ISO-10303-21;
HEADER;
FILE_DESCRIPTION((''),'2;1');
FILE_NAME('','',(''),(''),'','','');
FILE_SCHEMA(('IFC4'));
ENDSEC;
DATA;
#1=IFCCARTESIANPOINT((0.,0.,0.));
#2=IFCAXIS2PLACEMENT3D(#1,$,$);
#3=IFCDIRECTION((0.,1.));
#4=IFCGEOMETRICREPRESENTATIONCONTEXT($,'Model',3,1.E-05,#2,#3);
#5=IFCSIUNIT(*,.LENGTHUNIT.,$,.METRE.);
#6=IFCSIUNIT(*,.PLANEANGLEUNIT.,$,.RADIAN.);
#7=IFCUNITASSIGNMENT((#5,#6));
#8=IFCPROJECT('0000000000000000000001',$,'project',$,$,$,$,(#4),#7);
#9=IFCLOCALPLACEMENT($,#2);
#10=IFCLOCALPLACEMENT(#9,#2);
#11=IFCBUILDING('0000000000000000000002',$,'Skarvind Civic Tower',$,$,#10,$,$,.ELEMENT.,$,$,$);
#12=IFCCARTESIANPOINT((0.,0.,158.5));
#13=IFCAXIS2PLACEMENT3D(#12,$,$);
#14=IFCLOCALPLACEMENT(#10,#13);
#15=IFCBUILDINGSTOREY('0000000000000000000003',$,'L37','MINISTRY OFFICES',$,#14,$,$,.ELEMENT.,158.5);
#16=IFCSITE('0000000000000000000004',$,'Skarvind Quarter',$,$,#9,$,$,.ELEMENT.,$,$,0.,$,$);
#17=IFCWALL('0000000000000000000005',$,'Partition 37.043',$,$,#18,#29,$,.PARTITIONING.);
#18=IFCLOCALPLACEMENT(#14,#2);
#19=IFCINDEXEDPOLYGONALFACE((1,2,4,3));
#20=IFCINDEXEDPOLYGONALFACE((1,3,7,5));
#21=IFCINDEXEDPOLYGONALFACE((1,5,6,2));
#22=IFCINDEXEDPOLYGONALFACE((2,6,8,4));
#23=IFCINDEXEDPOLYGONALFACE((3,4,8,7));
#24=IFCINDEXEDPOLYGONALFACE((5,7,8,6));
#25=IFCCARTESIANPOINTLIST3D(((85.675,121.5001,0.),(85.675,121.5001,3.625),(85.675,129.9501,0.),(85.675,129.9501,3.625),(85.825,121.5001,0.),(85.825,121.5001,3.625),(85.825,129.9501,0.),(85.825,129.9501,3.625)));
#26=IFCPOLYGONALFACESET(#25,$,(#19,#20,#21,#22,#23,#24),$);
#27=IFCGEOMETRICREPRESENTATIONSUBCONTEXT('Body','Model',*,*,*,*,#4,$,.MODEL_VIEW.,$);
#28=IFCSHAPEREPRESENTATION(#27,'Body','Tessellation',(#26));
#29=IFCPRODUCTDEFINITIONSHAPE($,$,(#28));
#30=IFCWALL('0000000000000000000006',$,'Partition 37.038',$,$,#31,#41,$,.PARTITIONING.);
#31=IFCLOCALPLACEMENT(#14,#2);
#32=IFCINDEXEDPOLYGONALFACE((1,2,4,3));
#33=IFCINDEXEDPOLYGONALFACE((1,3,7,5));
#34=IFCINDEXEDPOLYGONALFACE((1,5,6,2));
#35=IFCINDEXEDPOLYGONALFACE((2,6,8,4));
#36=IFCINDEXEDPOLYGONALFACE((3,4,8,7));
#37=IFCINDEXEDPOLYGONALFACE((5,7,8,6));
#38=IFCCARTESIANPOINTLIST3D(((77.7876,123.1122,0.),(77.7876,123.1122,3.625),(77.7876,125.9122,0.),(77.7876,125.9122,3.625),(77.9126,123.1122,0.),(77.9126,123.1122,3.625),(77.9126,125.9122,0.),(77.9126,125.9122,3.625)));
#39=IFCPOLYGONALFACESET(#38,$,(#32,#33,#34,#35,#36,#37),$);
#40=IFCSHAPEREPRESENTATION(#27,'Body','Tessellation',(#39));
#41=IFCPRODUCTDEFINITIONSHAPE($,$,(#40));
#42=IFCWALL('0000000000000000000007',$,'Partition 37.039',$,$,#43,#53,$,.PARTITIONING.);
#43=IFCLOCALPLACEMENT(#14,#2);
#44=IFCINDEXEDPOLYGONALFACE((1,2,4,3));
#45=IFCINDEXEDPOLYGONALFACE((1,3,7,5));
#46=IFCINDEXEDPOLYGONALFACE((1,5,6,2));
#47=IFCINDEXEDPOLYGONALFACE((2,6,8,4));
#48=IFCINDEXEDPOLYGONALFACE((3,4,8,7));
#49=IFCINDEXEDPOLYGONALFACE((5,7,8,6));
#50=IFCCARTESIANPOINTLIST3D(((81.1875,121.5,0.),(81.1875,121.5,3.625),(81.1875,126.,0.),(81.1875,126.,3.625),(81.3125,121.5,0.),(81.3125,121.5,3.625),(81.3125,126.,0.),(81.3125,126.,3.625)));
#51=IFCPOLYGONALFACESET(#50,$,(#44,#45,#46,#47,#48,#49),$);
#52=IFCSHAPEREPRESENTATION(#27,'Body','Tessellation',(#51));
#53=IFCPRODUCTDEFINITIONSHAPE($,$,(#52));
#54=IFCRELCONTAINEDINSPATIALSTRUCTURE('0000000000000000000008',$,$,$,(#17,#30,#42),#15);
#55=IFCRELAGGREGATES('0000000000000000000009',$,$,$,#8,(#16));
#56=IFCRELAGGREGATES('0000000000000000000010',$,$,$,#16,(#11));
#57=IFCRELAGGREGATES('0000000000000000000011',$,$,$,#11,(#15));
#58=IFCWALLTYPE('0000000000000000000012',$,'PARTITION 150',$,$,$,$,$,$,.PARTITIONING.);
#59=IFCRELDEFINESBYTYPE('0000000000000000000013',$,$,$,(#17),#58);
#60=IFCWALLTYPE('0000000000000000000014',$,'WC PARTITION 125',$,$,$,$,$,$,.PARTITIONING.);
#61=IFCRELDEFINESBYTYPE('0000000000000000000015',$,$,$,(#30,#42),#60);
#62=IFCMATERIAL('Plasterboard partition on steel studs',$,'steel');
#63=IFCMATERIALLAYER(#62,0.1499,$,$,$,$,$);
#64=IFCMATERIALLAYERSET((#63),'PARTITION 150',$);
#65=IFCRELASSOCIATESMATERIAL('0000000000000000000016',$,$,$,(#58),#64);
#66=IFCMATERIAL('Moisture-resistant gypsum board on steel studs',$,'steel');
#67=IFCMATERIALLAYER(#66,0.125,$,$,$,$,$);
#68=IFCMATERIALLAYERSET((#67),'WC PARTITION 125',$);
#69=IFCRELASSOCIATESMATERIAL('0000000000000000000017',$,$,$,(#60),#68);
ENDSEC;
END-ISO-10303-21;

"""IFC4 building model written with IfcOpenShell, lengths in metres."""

from ifc_helpers import new_model, si_unit, direction, frame, frame_2d, origin, place, context, subcontext, project, spatial, rectangle, extrude, material, layer, layer_set, type_object, element, save


model = new_model("IFC4")

# Units and contexts
model_context = context("Model", 3, precision=1e-05, world=origin(), true_north=direction((0.0, 1.0)))
body_context = subcontext(model_context, "Body", "Model", "MODEL_VIEW")
ifc_project = project(units=[si_unit("LENGTHUNIT", "METRE"), si_unit("PLANEANGLEUNIT", "RADIAN")], contexts=[model_context])

# Site, building, storey
site_placement = place(None, origin())
site = spatial("IfcSite", under=ifc_project, at=site_placement, Name="Skarvind Quarter", CompositionType="ELEMENT", RefElevation=0.0)
building_placement = place(site_placement, origin())
building = spatial("IfcBuilding", under=site, at=building_placement, Name="Skarvind Civic Tower", CompositionType="ELEMENT")
storey_placement = place(building_placement, frame((0.0, 0.0, 158.5)))
storey = spatial("IfcBuildingStorey", under=building, at=storey_placement, Name="L37", Description="MINISTRY OFFICES", CompositionType="ELEMENT", Elevation=158.5)

# Shared definitions
ifc_material_1 = material(Name="Plasterboard partition on steel studs", Category="steel")
ifc_layer_1 = layer(ifc_material_1, 0.1499)
ifc_layer_set_1 = layer_set([ifc_layer_1], Name="PARTITION 150")
wall_type_1 = type_object("IfcWallType", Name="PARTITION 150", PredefinedType="PARTITIONING", material=ifc_layer_set_1)

# Walls
wall_1_placement = place(storey_placement, frame((85.75, 121.5, 0.0), z_axis=(0.0, 0.0, 1.0), x_axis=(0.0, 1.0, 0.0)))
element("IfcWall", 1, at=wall_1_placement, inside=storey, type_object=wall_type_1, Name="Partition 37.043", PredefinedType="PARTITIONING", context=body_context, shape_type="SweptSolid", body=[
    extrude(rectangle(XDim=8.45, YDim=0.1499, at=frame_2d((4.2251, 0.0))), origin(), (0.0, 0.0, 1.0), 3.625),
])
ifc_material_2 = material(Name="Moisture-resistant gypsum board on steel studs", Category="steel")
ifc_layer_2 = layer(ifc_material_2, 0.125)
ifc_layer_set_2 = layer_set([ifc_layer_2], Name="WC PARTITION 125")
wall_type_2 = type_object("IfcWallType", Name="WC PARTITION 125", PredefinedType="PARTITIONING", material=ifc_layer_set_2)
wall_2_placement = place(storey_placement, frame((77.8501, 125.9121, 0.0), z_axis=(0.0, 0.0, 1.0), x_axis=(0.0, -1.0, 0.0)))
element("IfcWall", 2, at=wall_2_placement, inside=storey, type_object=wall_type_2, Name="Partition 37.038", PredefinedType="PARTITIONING", context=body_context, shape_type="SweptSolid", body=[
    extrude(rectangle(XDim=2.8, YDim=0.125, at=frame_2d((1.3999, 0.0))), origin(), (0.0, 0.0, 1.0), 3.625),
])
wall_3_placement = place(storey_placement, frame((81.25, 121.5, 0.0), z_axis=(0.0, 0.0, 1.0), x_axis=(0.0, 1.0, 0.0)))
element("IfcWall", 3, at=wall_3_placement, inside=storey, type_object=wall_type_2, Name="Partition 37.039", PredefinedType="PARTITIONING", context=body_context, shape_type="SweptSolid", body=[
    extrude(rectangle(XDim=4.5, YDim=0.125, at=frame_2d((2.25, 0.0))), origin(), (0.0, 0.0, 1.0), 3.625),
])

save(model, "model.ifc")
